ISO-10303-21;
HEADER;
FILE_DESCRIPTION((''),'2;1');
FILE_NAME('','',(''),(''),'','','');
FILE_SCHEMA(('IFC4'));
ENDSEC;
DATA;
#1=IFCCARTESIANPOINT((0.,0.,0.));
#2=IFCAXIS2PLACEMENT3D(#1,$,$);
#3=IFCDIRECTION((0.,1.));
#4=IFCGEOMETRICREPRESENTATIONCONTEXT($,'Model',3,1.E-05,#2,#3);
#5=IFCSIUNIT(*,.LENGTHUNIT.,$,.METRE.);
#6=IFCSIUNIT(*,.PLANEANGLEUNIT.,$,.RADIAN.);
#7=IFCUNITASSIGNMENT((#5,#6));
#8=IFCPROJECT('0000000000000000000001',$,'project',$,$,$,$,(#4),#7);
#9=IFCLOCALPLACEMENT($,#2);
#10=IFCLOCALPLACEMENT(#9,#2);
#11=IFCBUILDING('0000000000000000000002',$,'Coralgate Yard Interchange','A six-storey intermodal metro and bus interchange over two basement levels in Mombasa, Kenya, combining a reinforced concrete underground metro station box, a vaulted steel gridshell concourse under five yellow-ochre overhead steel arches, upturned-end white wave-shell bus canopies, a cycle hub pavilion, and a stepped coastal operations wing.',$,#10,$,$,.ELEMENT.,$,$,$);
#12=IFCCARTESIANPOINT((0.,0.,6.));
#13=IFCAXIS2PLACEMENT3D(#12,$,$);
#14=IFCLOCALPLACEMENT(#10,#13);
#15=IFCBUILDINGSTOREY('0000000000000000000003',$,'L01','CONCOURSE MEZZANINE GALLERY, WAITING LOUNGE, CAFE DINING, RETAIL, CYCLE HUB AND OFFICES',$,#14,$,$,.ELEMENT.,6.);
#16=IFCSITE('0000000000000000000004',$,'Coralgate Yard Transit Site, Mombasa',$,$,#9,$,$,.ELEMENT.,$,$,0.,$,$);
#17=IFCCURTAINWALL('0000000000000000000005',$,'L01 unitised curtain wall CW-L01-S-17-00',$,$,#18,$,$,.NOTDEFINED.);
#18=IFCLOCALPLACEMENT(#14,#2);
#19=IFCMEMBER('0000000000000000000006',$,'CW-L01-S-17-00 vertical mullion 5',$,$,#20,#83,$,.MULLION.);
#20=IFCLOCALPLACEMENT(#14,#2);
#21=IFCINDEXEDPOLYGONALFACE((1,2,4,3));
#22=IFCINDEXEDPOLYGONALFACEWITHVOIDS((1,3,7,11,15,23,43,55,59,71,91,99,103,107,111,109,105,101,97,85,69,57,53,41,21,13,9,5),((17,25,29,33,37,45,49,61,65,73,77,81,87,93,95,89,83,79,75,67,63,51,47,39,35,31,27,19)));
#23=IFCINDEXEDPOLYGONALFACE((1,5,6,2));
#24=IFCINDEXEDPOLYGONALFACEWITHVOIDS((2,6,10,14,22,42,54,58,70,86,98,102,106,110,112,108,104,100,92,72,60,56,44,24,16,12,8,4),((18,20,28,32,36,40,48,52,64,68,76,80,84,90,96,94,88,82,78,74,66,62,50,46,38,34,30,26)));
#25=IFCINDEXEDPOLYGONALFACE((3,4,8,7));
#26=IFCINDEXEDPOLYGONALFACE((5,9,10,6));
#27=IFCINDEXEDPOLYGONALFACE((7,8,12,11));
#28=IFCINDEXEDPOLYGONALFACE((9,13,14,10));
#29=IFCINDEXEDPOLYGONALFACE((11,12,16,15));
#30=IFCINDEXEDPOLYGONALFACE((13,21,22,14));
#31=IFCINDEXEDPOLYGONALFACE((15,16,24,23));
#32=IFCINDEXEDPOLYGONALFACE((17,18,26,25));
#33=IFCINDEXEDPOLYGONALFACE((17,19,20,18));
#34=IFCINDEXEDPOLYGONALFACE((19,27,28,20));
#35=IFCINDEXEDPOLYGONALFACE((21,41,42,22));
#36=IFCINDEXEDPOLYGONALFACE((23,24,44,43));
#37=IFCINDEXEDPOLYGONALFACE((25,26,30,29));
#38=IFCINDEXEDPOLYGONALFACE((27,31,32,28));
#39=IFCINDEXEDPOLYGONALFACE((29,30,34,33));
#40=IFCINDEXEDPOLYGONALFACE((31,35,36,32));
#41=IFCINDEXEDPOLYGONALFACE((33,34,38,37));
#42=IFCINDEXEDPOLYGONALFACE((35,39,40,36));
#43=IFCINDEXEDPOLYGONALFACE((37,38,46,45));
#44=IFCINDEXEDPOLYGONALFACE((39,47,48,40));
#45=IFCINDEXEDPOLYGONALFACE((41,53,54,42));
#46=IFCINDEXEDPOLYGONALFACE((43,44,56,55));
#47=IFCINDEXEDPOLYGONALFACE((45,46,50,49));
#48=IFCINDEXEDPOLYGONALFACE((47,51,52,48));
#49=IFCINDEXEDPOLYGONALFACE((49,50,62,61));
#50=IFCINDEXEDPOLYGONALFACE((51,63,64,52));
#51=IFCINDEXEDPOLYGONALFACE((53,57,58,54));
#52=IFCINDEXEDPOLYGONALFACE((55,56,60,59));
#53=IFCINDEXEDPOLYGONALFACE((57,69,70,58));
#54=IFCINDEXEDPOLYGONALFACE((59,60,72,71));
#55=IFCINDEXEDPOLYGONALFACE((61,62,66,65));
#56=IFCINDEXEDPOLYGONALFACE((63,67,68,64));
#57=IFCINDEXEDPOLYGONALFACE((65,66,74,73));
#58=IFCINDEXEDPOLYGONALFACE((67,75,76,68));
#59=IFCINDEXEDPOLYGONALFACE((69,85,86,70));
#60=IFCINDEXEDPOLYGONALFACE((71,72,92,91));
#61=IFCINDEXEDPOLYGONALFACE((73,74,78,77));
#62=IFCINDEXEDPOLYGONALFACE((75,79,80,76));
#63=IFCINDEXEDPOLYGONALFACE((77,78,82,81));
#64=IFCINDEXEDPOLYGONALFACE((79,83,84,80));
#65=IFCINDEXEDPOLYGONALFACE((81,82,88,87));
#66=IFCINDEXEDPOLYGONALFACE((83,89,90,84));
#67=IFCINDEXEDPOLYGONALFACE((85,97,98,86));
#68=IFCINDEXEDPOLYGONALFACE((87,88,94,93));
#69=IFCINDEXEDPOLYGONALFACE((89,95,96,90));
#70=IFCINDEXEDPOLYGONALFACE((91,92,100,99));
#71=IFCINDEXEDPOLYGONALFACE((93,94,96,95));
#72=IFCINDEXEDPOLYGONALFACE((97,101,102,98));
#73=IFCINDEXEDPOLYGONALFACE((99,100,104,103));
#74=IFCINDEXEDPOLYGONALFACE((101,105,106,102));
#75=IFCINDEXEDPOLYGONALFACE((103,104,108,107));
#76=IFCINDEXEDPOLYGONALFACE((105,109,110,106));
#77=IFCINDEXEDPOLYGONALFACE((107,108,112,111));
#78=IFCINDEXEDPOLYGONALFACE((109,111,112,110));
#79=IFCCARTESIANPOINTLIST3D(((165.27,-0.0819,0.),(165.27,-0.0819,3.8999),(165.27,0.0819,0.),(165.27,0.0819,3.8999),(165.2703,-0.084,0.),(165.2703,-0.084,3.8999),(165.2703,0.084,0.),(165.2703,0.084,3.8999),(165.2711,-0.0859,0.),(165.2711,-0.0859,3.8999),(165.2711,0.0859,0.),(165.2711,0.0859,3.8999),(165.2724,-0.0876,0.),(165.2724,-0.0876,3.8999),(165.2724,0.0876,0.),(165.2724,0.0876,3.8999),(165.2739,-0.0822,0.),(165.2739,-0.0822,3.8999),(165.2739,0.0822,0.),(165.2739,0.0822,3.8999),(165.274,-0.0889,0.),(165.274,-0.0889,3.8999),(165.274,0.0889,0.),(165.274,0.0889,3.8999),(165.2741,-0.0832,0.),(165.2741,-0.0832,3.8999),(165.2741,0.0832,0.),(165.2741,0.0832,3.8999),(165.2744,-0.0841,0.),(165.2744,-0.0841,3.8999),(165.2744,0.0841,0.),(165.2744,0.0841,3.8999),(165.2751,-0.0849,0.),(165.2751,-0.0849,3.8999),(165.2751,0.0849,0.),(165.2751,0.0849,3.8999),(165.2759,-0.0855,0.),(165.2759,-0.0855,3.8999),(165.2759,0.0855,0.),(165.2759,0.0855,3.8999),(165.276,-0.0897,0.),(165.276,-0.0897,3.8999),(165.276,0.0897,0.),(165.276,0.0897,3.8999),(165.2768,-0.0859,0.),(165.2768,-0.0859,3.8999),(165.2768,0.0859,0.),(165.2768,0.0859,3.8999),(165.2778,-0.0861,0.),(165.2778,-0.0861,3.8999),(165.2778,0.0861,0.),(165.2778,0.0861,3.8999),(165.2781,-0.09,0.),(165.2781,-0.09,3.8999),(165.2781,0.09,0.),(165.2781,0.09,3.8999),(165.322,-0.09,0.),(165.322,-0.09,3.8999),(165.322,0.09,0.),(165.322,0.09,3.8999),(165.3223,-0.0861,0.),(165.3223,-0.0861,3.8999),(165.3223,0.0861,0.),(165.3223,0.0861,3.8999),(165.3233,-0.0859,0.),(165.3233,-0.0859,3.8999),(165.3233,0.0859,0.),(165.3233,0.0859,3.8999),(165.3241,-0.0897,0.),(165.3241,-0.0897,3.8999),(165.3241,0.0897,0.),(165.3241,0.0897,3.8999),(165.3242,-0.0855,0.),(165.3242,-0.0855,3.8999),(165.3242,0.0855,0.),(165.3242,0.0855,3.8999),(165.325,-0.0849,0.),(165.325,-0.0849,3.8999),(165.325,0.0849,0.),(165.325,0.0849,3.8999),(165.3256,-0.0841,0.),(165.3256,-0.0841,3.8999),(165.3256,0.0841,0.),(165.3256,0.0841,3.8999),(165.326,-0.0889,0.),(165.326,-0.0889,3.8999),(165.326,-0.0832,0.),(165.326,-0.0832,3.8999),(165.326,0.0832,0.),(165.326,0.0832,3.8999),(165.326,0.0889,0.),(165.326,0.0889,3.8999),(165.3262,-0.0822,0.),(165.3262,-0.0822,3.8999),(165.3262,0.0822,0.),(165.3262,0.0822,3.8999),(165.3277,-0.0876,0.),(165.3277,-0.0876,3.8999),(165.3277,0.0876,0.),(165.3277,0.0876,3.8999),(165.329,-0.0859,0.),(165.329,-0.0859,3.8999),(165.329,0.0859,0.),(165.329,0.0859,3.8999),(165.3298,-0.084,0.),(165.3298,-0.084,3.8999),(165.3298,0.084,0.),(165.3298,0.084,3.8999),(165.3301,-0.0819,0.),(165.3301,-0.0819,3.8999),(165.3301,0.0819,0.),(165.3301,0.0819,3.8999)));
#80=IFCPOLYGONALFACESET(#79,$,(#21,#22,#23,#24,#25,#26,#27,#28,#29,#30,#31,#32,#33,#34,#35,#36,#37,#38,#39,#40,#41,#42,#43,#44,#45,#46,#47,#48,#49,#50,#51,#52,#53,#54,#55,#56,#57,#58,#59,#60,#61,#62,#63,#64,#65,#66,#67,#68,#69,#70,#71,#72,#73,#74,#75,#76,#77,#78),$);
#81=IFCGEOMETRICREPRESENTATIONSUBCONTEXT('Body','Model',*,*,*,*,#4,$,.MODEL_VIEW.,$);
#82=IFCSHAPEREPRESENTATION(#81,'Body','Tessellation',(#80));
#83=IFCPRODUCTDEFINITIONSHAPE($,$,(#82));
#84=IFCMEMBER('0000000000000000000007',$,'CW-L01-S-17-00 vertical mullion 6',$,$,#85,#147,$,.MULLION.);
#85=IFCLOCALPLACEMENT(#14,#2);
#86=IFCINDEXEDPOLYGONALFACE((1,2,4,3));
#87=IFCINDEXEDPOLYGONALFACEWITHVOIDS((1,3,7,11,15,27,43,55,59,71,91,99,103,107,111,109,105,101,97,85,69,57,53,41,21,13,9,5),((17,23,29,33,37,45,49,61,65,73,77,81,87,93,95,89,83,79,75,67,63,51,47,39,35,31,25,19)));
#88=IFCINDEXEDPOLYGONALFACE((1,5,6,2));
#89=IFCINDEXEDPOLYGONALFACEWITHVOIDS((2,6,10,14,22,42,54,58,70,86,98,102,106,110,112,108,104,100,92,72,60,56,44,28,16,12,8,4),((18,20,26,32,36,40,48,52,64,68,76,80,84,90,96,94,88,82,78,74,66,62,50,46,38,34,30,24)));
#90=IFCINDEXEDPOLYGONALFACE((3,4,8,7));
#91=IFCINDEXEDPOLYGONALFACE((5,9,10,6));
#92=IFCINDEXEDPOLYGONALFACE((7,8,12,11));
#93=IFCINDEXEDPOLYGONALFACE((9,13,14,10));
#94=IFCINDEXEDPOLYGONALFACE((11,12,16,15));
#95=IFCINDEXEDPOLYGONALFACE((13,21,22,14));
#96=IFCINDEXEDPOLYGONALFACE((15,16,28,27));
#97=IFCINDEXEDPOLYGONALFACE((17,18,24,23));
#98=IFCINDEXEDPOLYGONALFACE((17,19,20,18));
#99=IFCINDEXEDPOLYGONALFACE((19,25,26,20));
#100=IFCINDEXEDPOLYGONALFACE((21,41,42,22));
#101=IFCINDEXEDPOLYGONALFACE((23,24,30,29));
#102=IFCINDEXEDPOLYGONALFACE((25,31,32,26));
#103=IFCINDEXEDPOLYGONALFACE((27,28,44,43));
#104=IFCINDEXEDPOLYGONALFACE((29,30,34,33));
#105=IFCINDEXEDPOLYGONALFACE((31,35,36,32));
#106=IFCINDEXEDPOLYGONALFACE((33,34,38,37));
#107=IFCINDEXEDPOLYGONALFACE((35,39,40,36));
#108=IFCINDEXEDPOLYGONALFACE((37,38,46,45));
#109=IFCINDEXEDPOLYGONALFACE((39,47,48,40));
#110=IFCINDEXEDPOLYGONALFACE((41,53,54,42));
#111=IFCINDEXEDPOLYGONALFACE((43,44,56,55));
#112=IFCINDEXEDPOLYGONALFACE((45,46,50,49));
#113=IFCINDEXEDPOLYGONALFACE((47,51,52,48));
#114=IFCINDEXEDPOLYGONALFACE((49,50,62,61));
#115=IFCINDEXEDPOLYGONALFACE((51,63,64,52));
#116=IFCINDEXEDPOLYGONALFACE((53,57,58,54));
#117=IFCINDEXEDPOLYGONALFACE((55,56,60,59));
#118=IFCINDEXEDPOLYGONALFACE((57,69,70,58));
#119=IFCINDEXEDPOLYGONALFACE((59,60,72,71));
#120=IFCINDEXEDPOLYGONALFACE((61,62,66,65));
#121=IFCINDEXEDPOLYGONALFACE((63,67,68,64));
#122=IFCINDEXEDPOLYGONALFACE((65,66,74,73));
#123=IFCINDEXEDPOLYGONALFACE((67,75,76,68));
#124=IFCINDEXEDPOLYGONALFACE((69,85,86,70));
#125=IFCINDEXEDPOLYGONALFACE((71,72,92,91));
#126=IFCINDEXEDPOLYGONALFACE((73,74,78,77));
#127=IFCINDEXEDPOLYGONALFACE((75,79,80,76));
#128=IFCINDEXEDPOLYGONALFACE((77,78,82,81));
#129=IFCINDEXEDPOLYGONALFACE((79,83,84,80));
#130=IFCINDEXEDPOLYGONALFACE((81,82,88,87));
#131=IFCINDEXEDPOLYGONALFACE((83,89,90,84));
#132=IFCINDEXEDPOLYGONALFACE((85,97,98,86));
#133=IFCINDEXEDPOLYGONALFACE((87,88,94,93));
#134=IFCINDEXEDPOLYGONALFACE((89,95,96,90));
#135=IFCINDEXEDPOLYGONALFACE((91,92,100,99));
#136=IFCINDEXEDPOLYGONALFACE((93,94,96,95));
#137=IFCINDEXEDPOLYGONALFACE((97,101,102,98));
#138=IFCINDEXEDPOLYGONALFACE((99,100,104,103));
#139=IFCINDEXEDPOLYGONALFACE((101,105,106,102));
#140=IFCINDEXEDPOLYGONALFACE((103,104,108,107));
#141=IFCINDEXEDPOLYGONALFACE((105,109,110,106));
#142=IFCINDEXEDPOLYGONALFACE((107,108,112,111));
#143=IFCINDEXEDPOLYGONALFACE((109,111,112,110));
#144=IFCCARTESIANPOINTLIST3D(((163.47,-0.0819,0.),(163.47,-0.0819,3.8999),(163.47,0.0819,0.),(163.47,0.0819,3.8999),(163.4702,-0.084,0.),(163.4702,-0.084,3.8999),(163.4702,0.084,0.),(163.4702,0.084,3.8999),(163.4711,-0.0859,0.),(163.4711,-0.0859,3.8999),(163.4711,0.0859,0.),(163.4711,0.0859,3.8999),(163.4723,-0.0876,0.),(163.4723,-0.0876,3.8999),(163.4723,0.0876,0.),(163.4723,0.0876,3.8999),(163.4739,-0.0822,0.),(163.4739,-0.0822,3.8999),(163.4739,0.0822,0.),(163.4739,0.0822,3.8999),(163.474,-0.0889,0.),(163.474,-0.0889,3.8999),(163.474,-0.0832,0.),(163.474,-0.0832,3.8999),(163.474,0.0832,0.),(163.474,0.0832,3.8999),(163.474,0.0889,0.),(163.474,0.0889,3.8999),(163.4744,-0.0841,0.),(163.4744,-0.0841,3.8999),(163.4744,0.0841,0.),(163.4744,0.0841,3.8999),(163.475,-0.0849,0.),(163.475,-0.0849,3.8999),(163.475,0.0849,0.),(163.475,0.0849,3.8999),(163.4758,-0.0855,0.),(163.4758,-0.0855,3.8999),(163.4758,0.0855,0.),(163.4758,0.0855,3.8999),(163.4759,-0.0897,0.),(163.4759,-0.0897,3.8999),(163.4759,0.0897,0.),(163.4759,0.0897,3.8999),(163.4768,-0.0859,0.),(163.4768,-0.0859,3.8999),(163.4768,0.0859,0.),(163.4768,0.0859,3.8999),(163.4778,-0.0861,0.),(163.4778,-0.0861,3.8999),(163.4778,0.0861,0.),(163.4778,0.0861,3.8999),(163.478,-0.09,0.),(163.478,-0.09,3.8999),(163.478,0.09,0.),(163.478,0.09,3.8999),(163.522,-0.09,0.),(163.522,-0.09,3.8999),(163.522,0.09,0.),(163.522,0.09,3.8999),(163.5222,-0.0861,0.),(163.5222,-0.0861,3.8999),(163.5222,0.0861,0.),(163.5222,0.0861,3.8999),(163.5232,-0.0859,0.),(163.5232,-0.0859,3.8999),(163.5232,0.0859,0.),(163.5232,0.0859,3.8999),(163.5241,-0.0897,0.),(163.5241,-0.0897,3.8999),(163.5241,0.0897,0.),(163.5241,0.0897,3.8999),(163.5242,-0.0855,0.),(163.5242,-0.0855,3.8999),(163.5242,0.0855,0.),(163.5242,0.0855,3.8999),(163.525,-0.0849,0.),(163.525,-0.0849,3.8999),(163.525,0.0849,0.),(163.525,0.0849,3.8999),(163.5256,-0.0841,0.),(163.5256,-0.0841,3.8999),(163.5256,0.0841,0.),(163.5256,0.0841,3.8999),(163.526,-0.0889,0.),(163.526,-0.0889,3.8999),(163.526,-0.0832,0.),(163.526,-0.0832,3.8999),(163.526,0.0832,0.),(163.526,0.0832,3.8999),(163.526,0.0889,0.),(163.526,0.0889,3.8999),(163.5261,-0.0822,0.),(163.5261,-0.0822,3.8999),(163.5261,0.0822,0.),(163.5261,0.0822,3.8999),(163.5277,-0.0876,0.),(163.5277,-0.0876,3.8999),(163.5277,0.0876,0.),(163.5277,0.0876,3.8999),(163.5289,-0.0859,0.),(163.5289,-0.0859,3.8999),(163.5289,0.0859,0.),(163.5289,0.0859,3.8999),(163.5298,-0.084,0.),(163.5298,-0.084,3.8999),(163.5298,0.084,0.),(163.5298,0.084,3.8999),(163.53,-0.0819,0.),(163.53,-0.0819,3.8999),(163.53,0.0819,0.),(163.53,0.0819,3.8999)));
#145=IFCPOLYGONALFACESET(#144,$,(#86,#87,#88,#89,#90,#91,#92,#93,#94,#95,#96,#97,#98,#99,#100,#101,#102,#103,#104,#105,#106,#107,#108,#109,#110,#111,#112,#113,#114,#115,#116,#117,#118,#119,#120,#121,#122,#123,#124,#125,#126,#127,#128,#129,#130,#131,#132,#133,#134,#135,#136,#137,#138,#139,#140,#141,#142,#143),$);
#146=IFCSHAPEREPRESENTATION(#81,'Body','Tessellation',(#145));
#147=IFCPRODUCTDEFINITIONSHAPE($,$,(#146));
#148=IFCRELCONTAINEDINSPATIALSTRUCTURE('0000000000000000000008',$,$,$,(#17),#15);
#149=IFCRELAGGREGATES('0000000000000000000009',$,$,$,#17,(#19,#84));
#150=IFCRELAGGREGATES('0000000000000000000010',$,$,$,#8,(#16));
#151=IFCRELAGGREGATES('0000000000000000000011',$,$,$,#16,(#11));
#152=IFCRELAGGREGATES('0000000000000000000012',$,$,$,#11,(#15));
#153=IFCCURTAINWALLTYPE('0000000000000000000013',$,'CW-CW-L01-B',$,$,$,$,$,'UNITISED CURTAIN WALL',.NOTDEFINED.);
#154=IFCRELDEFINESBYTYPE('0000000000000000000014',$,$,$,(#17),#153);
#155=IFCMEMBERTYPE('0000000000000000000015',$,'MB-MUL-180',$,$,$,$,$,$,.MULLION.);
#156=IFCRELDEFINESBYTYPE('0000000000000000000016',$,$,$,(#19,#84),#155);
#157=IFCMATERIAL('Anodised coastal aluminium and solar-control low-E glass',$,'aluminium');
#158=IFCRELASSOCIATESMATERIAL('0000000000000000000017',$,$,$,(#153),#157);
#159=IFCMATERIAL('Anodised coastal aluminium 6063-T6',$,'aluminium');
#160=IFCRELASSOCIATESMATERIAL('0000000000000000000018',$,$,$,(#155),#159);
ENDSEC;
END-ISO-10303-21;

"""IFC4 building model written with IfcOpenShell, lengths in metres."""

from ifc_helpers import new_model, si_unit, direction, frame, origin, origin_2d, place, context, subcontext, project, spatial, hollow_rectangle, extrude, material, material_profile, profile_set, type_object, element, aggregate, save


model = new_model("IFC4")

# Units and contexts
model_context = context("Model", 3, precision=1e-05, world=origin(), true_north=direction((0.0, 1.0)))
body_context = subcontext(model_context, "Body", "Model", "MODEL_VIEW")
ifc_project = project(units=[si_unit("LENGTHUNIT", "METRE"), si_unit("PLANEANGLEUNIT", "RADIAN")], contexts=[model_context])

# Site, building, storey
site_placement = place(None, origin())
site = spatial("IfcSite", under=ifc_project, at=site_placement, Name="Coralgate Yard Transit Site, Mombasa", CompositionType="ELEMENT", RefElevation=0.0)
building_placement = place(site_placement, origin())
building = spatial("IfcBuilding", under=site, at=building_placement, Name="Coralgate Yard Interchange", Description="A six-storey intermodal metro and bus interchange over two basement levels in Mombasa, Kenya, combining a reinforced concrete underground metro station box, a vaulted steel gridshell concourse under five yellow-ochre overhead steel arches, upturned-end white wave-shell bus canopies, a cycle hub pavilion, and a stepped coastal operations wing.", CompositionType="ELEMENT")
storey_placement = place(building_placement, frame((0.0, 0.0, 6.0)))
storey = spatial("IfcBuildingStorey", under=building, at=storey_placement, Name="L01", Description="CONCOURSE MEZZANINE GALLERY, WAITING LOUNGE, CAFE DINING, RETAIL, CYCLE HUB AND OFFICES", CompositionType="ELEMENT", Elevation=6.0)

# Curtain wall, members
ifc_material_1 = material(Name="Anodised coastal aluminium and solar-control low-E glass", Category="aluminium")
curtain_wall_type = type_object("IfcCurtainWallType", Name="CW-CW-L01-B", ElementType="UNITISED CURTAIN WALL", PredefinedType="NOTDEFINED", material=ifc_material_1)
curtain_wall_placement = place(storey_placement, origin())
curtain_wall = element("IfcCurtainWall", 1, at=curtain_wall_placement, inside=storey, type_object=curtain_wall_type, Name="L01 unitised curtain wall CW-L01-S-17-00", PredefinedType="NOTDEFINED")
ifc_material_2 = material(Name="Anodised coastal aluminium 6063-T6", Category="aluminium")
ifc_material_profile_1 = material_profile(ifc_material_2, hollow_rectangle(XDim=0.0601, YDim=0.1799, WallThickness=0.0039, InnerFilletRadius=0.0039, OuterFilletRadius=0.0081, at=origin_2d()), Name="ALU 60x180x4")
ifc_profile_set_1 = profile_set([ifc_material_profile_1], Name="Anodised coastal aluminium 6063-T6")
member_type_1 = type_object("IfcMemberType", Name="MB-MUL-180", PredefinedType="MULLION", material=ifc_profile_set_1)
member_1_placement = place(storey_placement, frame((165.3, 0.0, 0.0), z_axis=(0.0, 0.0, 1.0), x_axis=(1.0, 0.0, 0.0)))
member_1 = element("IfcMember", 2, at=member_1_placement, type_object=member_type_1, Name="CW-L01-S-17-00 vertical mullion 5", PredefinedType="MULLION", context=body_context, shape_type="SweptSolid", body=[
    extrude(hollow_rectangle(XDim=0.0601, YDim=0.1799, WallThickness=0.0039, InnerFilletRadius=0.0039, OuterFilletRadius=0.0081, at=origin_2d()), origin(), (0.0, 0.0, 1.0), 3.8999),
])
member_2_placement = place(storey_placement, frame((163.5, 0.0, 0.0), z_axis=(0.0, 0.0, 1.0), x_axis=(1.0, 0.0, 0.0)))
member_2 = element("IfcMember", 3, at=member_2_placement, type_object=member_type_1, Name="CW-L01-S-17-00 vertical mullion 6", PredefinedType="MULLION", context=body_context, shape_type="SweptSolid", body=[
    extrude(hollow_rectangle(XDim=0.0601, YDim=0.1799, WallThickness=0.0039, InnerFilletRadius=0.0039, OuterFilletRadius=0.0081, at=origin_2d()), origin(), (0.0, 0.0, 1.0), 3.8999),
])
aggregate(curtain_wall, [member_1, member_2])

save(model, "model.ifc")
